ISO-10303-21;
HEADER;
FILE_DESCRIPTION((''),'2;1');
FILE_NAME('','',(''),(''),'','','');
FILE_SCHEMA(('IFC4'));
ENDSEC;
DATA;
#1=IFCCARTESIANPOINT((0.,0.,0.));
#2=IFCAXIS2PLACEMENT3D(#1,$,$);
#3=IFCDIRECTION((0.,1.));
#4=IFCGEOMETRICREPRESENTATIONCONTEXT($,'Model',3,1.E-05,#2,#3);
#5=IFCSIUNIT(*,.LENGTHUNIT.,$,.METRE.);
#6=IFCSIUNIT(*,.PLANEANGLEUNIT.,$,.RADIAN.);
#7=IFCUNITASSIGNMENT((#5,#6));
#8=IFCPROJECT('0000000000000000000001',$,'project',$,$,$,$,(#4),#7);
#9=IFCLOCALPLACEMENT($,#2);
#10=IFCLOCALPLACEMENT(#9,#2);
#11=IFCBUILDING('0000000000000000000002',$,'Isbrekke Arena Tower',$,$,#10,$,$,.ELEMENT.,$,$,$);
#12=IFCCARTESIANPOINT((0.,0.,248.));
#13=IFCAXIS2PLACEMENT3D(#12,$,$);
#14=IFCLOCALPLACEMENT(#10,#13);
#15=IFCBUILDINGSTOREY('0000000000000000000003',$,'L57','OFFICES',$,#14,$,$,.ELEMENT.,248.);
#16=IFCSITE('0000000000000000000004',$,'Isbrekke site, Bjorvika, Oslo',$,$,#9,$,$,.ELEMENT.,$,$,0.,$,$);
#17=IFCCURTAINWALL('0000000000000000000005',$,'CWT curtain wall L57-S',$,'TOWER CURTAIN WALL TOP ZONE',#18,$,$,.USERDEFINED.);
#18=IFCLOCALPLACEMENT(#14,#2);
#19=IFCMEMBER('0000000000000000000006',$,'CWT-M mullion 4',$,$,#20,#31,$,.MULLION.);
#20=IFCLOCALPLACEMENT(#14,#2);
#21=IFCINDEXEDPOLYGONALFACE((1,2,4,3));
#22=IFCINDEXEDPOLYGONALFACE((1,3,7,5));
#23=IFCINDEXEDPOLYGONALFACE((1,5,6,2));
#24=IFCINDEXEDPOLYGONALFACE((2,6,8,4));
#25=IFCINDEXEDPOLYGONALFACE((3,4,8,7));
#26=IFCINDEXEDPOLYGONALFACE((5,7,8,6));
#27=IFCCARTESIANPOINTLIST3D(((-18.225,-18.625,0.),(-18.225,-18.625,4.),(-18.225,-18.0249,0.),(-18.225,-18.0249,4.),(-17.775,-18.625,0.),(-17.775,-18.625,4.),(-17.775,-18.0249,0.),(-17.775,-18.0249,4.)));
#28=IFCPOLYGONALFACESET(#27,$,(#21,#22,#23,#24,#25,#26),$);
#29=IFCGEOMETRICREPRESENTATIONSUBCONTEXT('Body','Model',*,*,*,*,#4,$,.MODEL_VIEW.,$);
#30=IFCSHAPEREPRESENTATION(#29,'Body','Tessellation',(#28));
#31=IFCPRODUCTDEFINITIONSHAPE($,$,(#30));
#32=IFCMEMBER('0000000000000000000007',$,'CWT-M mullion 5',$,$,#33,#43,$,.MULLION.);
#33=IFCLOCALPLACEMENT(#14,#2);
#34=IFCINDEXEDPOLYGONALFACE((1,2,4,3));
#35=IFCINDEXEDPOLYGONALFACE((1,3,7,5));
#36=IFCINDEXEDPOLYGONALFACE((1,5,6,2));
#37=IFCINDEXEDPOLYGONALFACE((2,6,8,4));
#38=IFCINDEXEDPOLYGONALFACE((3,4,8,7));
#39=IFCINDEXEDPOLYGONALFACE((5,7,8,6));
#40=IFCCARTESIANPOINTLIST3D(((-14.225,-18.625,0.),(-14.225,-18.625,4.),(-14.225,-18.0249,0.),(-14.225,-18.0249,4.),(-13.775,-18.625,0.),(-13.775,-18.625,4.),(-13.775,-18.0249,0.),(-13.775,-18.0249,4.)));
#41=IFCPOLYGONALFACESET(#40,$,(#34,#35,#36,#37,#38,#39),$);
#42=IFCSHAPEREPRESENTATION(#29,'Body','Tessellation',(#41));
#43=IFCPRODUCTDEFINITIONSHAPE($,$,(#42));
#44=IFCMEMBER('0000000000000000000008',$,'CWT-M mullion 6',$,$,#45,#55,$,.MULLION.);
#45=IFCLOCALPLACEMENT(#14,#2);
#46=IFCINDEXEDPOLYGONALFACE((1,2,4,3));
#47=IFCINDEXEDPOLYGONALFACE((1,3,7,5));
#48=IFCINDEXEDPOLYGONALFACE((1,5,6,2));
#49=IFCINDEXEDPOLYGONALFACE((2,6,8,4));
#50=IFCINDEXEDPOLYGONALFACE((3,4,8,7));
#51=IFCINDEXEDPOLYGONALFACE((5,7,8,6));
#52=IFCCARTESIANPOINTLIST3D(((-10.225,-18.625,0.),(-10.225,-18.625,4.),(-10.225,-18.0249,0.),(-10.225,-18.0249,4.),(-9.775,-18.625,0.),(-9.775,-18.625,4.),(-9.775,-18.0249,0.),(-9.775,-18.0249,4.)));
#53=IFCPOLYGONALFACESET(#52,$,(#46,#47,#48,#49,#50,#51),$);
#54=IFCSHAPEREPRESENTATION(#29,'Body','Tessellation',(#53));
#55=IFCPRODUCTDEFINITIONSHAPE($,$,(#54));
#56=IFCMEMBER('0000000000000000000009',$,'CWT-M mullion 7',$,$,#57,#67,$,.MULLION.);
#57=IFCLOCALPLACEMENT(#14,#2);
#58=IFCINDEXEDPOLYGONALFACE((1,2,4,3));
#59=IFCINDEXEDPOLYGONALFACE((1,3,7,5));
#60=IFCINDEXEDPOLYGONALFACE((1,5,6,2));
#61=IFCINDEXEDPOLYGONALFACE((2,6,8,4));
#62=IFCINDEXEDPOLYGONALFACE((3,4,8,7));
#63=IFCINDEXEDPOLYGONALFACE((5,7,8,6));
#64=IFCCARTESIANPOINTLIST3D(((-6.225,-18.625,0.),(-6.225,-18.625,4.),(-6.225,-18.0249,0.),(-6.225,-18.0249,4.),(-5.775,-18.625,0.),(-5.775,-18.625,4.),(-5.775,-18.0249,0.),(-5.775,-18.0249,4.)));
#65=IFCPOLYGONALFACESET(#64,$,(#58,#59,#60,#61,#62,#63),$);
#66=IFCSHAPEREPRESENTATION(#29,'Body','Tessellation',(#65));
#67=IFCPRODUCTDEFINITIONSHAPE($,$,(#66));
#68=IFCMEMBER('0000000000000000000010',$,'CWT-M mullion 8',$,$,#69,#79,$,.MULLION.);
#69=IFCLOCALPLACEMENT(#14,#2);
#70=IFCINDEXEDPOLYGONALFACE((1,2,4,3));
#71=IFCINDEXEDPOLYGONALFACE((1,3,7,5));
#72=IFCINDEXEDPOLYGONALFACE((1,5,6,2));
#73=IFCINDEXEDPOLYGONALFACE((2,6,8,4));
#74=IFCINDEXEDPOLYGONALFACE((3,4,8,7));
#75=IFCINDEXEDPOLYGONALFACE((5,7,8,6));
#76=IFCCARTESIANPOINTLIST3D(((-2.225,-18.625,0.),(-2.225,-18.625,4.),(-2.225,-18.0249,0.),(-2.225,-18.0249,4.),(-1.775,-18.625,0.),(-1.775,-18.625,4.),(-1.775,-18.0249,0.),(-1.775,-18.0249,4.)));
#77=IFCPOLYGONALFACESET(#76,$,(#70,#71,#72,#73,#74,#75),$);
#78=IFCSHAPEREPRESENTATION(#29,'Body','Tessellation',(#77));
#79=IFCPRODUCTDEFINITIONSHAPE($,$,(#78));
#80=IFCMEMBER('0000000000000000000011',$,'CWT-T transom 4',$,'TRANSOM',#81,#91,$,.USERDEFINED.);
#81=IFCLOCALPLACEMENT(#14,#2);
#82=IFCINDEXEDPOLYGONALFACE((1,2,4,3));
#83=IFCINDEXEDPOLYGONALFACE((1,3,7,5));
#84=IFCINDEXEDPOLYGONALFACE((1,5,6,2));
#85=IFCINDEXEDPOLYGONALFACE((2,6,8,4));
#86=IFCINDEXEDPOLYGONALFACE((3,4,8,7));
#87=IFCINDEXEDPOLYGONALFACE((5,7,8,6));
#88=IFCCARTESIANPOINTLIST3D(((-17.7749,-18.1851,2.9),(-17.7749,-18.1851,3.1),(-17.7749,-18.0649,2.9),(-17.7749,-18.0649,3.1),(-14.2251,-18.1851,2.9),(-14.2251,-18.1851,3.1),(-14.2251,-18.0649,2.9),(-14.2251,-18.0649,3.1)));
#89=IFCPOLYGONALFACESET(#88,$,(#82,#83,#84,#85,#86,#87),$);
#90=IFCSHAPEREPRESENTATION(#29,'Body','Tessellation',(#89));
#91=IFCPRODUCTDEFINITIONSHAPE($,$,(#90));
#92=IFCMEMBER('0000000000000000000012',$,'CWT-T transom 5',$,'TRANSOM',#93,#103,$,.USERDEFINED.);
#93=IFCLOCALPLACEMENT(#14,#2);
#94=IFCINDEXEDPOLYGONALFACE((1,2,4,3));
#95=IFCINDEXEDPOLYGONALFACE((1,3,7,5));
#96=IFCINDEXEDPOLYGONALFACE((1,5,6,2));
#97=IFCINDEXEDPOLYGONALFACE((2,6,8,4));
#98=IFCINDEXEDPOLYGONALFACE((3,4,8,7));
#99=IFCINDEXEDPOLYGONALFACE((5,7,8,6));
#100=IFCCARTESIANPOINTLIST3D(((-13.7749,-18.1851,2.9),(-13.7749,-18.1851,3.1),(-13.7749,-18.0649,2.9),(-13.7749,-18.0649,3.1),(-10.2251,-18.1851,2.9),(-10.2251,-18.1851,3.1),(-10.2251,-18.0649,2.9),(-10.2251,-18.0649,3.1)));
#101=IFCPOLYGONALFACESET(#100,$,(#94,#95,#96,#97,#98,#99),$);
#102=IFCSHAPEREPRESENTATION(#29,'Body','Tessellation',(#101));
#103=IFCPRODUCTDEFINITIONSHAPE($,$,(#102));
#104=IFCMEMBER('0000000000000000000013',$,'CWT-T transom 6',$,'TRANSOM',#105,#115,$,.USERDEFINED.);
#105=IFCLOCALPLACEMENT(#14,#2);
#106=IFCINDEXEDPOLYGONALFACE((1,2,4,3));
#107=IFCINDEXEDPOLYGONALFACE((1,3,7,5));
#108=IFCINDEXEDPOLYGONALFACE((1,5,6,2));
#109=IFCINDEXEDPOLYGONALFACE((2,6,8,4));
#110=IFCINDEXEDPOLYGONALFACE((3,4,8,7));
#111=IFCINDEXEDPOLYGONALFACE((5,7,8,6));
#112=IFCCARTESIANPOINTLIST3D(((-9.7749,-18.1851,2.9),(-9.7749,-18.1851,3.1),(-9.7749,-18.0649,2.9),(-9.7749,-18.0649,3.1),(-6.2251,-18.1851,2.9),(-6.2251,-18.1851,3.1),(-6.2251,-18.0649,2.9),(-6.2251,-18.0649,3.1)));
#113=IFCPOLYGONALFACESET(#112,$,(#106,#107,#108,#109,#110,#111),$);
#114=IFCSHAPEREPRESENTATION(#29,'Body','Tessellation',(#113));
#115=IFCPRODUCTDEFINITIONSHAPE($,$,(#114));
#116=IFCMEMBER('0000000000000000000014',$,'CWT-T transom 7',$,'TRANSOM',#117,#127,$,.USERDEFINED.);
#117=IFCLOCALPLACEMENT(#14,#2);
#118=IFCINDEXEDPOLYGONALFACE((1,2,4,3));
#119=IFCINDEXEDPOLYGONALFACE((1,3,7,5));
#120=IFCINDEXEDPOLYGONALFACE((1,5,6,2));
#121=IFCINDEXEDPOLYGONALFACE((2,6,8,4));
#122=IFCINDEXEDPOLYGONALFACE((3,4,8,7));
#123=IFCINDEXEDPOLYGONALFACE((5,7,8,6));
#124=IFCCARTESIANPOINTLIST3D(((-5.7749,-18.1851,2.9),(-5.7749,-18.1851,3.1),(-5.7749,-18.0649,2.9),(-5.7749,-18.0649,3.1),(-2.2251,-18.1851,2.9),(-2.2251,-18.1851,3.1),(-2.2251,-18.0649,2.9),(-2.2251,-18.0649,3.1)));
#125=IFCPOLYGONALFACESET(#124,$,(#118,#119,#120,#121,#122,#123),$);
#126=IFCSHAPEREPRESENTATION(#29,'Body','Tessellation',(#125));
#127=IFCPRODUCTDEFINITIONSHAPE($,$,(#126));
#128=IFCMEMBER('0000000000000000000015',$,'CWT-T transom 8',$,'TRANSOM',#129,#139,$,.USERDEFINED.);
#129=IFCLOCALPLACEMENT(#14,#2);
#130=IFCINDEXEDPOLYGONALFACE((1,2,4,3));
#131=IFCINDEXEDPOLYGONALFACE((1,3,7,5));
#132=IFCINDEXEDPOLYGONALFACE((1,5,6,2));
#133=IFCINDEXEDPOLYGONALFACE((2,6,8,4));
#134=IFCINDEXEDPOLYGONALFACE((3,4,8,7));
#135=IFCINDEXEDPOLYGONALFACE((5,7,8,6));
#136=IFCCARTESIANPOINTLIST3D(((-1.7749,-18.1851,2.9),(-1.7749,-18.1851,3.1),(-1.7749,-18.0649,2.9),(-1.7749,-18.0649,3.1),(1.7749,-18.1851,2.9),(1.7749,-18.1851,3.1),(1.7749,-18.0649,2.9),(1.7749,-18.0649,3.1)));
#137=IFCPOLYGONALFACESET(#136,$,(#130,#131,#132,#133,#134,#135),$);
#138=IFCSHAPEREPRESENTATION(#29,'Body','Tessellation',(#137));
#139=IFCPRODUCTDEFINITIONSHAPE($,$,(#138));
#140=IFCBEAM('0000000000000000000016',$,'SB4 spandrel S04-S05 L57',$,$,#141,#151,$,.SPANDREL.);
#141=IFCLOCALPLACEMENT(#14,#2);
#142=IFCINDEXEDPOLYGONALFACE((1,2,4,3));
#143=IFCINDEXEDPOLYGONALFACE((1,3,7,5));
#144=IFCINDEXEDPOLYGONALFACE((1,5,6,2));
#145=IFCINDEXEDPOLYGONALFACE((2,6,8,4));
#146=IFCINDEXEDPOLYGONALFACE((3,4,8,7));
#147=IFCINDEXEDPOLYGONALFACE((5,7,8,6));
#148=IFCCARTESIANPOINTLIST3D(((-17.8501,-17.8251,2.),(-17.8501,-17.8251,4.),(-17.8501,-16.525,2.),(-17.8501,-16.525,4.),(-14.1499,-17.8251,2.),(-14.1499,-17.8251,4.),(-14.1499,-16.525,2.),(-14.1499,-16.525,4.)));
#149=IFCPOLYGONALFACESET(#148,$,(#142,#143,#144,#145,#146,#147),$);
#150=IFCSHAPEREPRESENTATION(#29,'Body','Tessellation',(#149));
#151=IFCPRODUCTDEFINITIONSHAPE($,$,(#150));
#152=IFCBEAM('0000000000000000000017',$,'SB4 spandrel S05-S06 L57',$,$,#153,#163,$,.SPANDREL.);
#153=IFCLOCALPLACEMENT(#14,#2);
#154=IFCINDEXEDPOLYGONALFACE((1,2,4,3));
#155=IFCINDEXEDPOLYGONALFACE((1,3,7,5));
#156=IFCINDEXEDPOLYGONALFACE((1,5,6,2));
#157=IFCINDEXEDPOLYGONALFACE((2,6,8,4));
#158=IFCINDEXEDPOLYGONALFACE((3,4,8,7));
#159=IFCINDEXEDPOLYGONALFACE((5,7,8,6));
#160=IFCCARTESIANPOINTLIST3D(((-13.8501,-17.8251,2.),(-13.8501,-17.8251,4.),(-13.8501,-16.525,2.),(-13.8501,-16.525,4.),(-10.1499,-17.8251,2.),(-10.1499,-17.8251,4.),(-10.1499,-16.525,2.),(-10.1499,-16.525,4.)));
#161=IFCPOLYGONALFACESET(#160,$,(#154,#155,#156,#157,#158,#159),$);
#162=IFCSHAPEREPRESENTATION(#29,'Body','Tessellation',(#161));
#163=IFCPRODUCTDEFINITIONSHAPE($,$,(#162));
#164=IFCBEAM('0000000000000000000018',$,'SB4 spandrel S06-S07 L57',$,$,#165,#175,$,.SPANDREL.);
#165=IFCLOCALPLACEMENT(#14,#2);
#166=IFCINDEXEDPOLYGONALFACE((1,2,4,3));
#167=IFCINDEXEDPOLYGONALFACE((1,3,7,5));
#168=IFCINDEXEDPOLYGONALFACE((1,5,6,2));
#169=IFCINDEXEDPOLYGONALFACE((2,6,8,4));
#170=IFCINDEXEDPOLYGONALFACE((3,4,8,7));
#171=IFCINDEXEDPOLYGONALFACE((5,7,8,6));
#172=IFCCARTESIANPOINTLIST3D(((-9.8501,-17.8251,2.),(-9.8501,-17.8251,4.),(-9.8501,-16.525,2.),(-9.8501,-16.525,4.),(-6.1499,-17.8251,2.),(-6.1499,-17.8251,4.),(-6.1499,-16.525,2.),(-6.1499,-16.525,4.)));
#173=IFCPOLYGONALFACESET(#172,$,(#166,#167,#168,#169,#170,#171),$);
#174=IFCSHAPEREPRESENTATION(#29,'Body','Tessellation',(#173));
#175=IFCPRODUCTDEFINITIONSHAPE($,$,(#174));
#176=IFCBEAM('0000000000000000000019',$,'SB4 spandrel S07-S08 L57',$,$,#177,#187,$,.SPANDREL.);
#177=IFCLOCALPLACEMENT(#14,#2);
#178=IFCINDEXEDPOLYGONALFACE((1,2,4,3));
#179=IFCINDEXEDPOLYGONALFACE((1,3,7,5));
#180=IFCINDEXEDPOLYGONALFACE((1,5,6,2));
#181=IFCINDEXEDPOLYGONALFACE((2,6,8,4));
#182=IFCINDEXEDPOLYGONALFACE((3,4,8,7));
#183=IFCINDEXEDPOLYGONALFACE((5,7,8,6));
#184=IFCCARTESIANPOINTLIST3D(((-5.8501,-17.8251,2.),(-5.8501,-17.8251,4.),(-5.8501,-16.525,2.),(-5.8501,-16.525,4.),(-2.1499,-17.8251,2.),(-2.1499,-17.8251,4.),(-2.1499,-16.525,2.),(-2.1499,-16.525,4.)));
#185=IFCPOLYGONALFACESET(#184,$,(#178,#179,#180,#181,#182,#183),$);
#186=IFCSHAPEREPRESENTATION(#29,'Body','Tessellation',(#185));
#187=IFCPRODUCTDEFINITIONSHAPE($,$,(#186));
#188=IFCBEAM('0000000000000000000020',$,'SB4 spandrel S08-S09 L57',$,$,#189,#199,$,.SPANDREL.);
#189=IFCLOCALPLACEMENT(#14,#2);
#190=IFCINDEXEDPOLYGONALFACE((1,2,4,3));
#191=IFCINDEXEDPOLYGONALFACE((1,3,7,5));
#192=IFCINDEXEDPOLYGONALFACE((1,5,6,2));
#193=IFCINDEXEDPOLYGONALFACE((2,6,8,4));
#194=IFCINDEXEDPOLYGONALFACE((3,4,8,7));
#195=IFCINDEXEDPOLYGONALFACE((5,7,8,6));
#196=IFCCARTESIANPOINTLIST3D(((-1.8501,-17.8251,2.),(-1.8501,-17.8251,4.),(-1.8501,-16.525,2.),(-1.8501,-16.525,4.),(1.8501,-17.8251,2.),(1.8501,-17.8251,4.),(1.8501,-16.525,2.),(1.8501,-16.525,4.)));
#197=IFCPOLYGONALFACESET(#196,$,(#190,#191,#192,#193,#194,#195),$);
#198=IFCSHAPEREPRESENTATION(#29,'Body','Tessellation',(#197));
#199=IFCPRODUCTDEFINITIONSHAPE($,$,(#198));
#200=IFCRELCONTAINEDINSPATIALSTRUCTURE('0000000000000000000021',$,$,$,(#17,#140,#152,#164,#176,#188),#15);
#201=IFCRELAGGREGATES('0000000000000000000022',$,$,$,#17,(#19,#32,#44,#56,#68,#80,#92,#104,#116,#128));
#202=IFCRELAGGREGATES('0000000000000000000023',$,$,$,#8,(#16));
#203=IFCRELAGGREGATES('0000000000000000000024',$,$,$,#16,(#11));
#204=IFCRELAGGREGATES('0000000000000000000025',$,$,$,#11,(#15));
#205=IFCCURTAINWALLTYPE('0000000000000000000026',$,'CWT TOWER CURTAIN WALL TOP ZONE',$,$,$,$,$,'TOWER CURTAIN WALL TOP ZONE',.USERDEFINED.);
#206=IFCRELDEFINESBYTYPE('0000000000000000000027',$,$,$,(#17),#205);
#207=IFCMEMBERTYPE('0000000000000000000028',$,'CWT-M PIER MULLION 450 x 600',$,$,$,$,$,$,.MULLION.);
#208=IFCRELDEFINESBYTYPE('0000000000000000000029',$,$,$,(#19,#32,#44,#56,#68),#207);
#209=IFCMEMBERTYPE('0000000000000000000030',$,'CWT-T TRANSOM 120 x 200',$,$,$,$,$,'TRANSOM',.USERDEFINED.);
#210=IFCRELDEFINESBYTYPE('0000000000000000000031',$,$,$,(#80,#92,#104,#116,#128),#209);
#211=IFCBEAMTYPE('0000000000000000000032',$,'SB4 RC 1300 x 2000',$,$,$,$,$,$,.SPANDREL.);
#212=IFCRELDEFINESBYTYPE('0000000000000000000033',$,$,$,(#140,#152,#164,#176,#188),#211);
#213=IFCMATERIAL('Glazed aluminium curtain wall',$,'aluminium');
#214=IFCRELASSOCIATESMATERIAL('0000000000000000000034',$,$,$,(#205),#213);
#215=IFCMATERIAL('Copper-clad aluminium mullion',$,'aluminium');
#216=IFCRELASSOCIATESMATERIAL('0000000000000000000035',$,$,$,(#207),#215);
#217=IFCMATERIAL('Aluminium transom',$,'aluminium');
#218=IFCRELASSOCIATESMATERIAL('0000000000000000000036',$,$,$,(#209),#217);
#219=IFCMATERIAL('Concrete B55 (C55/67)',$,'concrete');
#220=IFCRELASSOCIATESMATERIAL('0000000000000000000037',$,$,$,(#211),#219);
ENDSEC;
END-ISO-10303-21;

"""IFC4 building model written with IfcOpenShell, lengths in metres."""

from ifc_helpers import new_model, si_unit, direction, frame, origin, origin_2d, place, context, subcontext, project, spatial, rectangle, extrude, material, material_profile, profile_set, type_object, element, aggregate, save


model = new_model("IFC4")

# Units and contexts
model_context = context("Model", 3, precision=1e-05, world=origin(), true_north=direction((0.0, 1.0)))
body_context = subcontext(model_context, "Body", "Model", "MODEL_VIEW")
ifc_project = project(units=[si_unit("LENGTHUNIT", "METRE"), si_unit("PLANEANGLEUNIT", "RADIAN")], contexts=[model_context])

# Site, building, storey
site_placement = place(None, origin())
site = spatial("IfcSite", under=ifc_project, at=site_placement, Name="Isbrekke site, Bjorvika, Oslo", CompositionType="ELEMENT", RefElevation=0.0)
building_placement = place(site_placement, origin())
building = spatial("IfcBuilding", under=site, at=building_placement, Name="Isbrekke Arena Tower", CompositionType="ELEMENT")
storey_placement = place(building_placement, frame((0.0, 0.0, 248.0)))
storey = spatial("IfcBuildingStorey", under=building, at=storey_placement, Name="L57", Description="OFFICES", CompositionType="ELEMENT", Elevation=248.0)

# Curtain wall, members
ifc_material_1 = material(Name="Glazed aluminium curtain wall", Category="aluminium")
curtain_wall_type = type_object("IfcCurtainWallType", Name="CWT TOWER CURTAIN WALL TOP ZONE", ElementType="TOWER CURTAIN WALL TOP ZONE", PredefinedType="USERDEFINED", material=ifc_material_1)
curtain_wall_placement = place(storey_placement, origin())
curtain_wall = element("IfcCurtainWall", 1, at=curtain_wall_placement, inside=storey, type_object=curtain_wall_type, Name="CWT curtain wall L57-S", ObjectType="TOWER CURTAIN WALL TOP ZONE", PredefinedType="USERDEFINED")
ifc_material_2 = material(Name="Copper-clad aluminium mullion", Category="aluminium")
ifc_material_profile_1 = material_profile(ifc_material_2, rectangle(XDim=0.45, YDim=0.6001, at=origin_2d()), Name="PIER 450X600")
ifc_profile_set_1 = profile_set([ifc_material_profile_1], Name="Copper-clad aluminium mullion")
member_type_1 = type_object("IfcMemberType", Name="CWT-M PIER MULLION 450 x 600", PredefinedType="MULLION", material=ifc_profile_set_1)
member_1_placement = place(storey_placement, frame((-18.0, -18.325, 0.0), z_axis=(0.0, 0.0, 1.0), x_axis=(1.0, 0.0, 0.0)))
member_1 = element("IfcMember", 2, at=member_1_placement, type_object=member_type_1, Name="CWT-M mullion 4", PredefinedType="MULLION", context=body_context, shape_type="SweptSolid", body=[
    extrude(rectangle(XDim=0.45, YDim=0.6001, at=origin_2d()), origin(), (0.0, 0.0, 1.0), 4.0),
])
member_2_placement = place(storey_placement, frame((-14.0, -18.325, 0.0), z_axis=(0.0, 0.0, 1.0), x_axis=(1.0, 0.0, 0.0)))
member_2 = element("IfcMember", 3, at=member_2_placement, type_object=member_type_1, Name="CWT-M mullion 5", PredefinedType="MULLION", context=body_context, shape_type="SweptSolid", body=[
    extrude(rectangle(XDim=0.45, YDim=0.6001, at=origin_2d()), origin(), (0.0, 0.0, 1.0), 4.0),
])
member_3_placement = place(storey_placement, frame((-10.0, -18.325, 0.0), z_axis=(0.0, 0.0, 1.0), x_axis=(1.0, 0.0, 0.0)))
member_3 = element("IfcMember", 4, at=member_3_placement, type_object=member_type_1, Name="CWT-M mullion 6", PredefinedType="MULLION", context=body_context, shape_type="SweptSolid", body=[
    extrude(rectangle(XDim=0.45, YDim=0.6001, at=origin_2d()), origin(), (0.0, 0.0, 1.0), 4.0),
])
member_4_placement = place(storey_placement, frame((-6.0, -18.325, 0.0), z_axis=(0.0, 0.0, 1.0), x_axis=(1.0, 0.0, 0.0)))
member_4 = element("IfcMember", 5, at=member_4_placement, type_object=member_type_1, Name="CWT-M mullion 7", PredefinedType="MULLION", context=body_context, shape_type="SweptSolid", body=[
    extrude(rectangle(XDim=0.45, YDim=0.6001, at=origin_2d()), origin(), (0.0, 0.0, 1.0), 4.0),
])
member_5_placement = place(storey_placement, frame((-2.0, -18.325, 0.0), z_axis=(0.0, 0.0, 1.0), x_axis=(1.0, 0.0, 0.0)))
member_5 = element("IfcMember", 6, at=member_5_placement, type_object=member_type_1, Name="CWT-M mullion 8", PredefinedType="MULLION", context=body_context, shape_type="SweptSolid", body=[
    extrude(rectangle(XDim=0.45, YDim=0.6001, at=origin_2d()), origin(), (0.0, 0.0, 1.0), 4.0),
])
ifc_material_3 = material(Name="Aluminium transom", Category="aluminium")
ifc_material_profile_2 = material_profile(ifc_material_3, rectangle(XDim=0.1201, YDim=0.2, at=origin_2d()), Name="TRANSOM 120X200")
ifc_profile_set_2 = profile_set([ifc_material_profile_2], Name="Aluminium transom")
member_type_2 = type_object("IfcMemberType", Name="CWT-T TRANSOM 120 x 200", ElementType="TRANSOM", PredefinedType="USERDEFINED", material=ifc_profile_set_2)
member_6_placement = place(storey_placement, frame((-17.7749, -18.125, 3.0), z_axis=(1.0, 0.0, 0.0), x_axis=(0.0, 1.0, 0.0)))
member_6 = element("IfcMember", 7, at=member_6_placement, type_object=member_type_2, Name="CWT-T transom 4", ObjectType="TRANSOM", PredefinedType="USERDEFINED", context=body_context, shape_type="SweptSolid", body=[
    extrude(rectangle(XDim=0.1201, YDim=0.2, at=origin_2d()), origin(), (0.0, 0.0, 1.0), 3.5498),
])
member_7_placement = place(storey_placement, frame((-13.7749, -18.125, 3.0), z_axis=(1.0, 0.0, 0.0), x_axis=(0.0, 1.0, 0.0)))
member_7 = element("IfcMember", 8, at=member_7_placement, type_object=member_type_2, Name="CWT-T transom 5", ObjectType="TRANSOM", PredefinedType="USERDEFINED", context=body_context, shape_type="SweptSolid", body=[
    extrude(rectangle(XDim=0.1201, YDim=0.2, at=origin_2d()), origin(), (0.0, 0.0, 1.0), 3.5498),
])
member_8_placement = place(storey_placement, frame((-9.7749, -18.125, 3.0), z_axis=(1.0, 0.0, 0.0), x_axis=(0.0, 1.0, 0.0)))
member_8 = element("IfcMember", 9, at=member_8_placement, type_object=member_type_2, Name="CWT-T transom 6", ObjectType="TRANSOM", PredefinedType="USERDEFINED", context=body_context, shape_type="SweptSolid", body=[
    extrude(rectangle(XDim=0.1201, YDim=0.2, at=origin_2d()), origin(), (0.0, 0.0, 1.0), 3.5498),
])
member_9_placement = place(storey_placement, frame((-5.7749, -18.125, 3.0), z_axis=(1.0, 0.0, 0.0), x_axis=(0.0, 1.0, 0.0)))
member_9 = element("IfcMember", 10, at=member_9_placement, type_object=member_type_2, Name="CWT-T transom 7", ObjectType="TRANSOM", PredefinedType="USERDEFINED", context=body_context, shape_type="SweptSolid", body=[
    extrude(rectangle(XDim=0.1201, YDim=0.2, at=origin_2d()), origin(), (0.0, 0.0, 1.0), 3.5498),
])
member_10_placement = place(storey_placement, frame((-1.7749, -18.125, 3.0), z_axis=(1.0, 0.0, 0.0), x_axis=(0.0, 1.0, 0.0)))
member_10 = element("IfcMember", 11, at=member_10_placement, type_object=member_type_2, Name="CWT-T transom 8", ObjectType="TRANSOM", PredefinedType="USERDEFINED", context=body_context, shape_type="SweptSolid", body=[
    extrude(rectangle(XDim=0.1201, YDim=0.2, at=origin_2d()), origin(), (0.0, 0.0, 1.0), 3.5498),
])

# Beams
ifc_material_4 = material(Name="Concrete B55 (C55/67)", Category="concrete")
ifc_material_profile_3 = material_profile(ifc_material_4, rectangle(XDim=1.3, YDim=2.0, at=origin_2d()), Name="RC 1300x2000")
ifc_profile_set_3 = profile_set([ifc_material_profile_3], Name="Concrete B55 (C55/67)")
beam_type_1 = type_object("IfcBeamType", Name="SB4 RC 1300 x 2000", PredefinedType="SPANDREL", material=ifc_profile_set_3)
for number, where, z_axis, x_axis, name in (
    (12, (-17.8501, -17.175, 3.0), (1.0, 0.0, 0.0), (0.0, 1.0, 0.0), "SB4 spandrel S04-S05 L57"),
    (13, (-13.8501, -17.175, 3.0), (1.0, 0.0, 0.0), (0.0, 1.0, 0.0), "SB4 spandrel S05-S06 L57"),
    (14, (-9.8501, -17.175, 3.0), (1.0, 0.0, 0.0), (0.0, 1.0, 0.0), "SB4 spandrel S06-S07 L57"),
    (15, (-5.8501, -17.175, 3.0), (1.0, 0.0, 0.0), (0.0, 1.0, 0.0), "SB4 spandrel S07-S08 L57"),
    (16, (-1.8501, -17.175, 3.0), (1.0, 0.0, 0.0), (0.0, 1.0, 0.0), "SB4 spandrel S08-S09 L57"),
):
    element("IfcBeam", number, at=place(storey_placement, frame(where, z_axis=z_axis, x_axis=x_axis)), inside=storey, type_object=beam_type_1, Name=name, PredefinedType="SPANDREL", context=body_context, shape_type="SweptSolid", body=[
        extrude(rectangle(XDim=1.3, YDim=2.0, at=origin_2d()), origin(), (0.0, 0.0, 1.0), 3.7002),
    ])

aggregate(curtain_wall, [member_1, member_2, member_3, member_4, member_5, member_6, member_7, member_8, member_9, member_10])

save(model, "model.ifc")
